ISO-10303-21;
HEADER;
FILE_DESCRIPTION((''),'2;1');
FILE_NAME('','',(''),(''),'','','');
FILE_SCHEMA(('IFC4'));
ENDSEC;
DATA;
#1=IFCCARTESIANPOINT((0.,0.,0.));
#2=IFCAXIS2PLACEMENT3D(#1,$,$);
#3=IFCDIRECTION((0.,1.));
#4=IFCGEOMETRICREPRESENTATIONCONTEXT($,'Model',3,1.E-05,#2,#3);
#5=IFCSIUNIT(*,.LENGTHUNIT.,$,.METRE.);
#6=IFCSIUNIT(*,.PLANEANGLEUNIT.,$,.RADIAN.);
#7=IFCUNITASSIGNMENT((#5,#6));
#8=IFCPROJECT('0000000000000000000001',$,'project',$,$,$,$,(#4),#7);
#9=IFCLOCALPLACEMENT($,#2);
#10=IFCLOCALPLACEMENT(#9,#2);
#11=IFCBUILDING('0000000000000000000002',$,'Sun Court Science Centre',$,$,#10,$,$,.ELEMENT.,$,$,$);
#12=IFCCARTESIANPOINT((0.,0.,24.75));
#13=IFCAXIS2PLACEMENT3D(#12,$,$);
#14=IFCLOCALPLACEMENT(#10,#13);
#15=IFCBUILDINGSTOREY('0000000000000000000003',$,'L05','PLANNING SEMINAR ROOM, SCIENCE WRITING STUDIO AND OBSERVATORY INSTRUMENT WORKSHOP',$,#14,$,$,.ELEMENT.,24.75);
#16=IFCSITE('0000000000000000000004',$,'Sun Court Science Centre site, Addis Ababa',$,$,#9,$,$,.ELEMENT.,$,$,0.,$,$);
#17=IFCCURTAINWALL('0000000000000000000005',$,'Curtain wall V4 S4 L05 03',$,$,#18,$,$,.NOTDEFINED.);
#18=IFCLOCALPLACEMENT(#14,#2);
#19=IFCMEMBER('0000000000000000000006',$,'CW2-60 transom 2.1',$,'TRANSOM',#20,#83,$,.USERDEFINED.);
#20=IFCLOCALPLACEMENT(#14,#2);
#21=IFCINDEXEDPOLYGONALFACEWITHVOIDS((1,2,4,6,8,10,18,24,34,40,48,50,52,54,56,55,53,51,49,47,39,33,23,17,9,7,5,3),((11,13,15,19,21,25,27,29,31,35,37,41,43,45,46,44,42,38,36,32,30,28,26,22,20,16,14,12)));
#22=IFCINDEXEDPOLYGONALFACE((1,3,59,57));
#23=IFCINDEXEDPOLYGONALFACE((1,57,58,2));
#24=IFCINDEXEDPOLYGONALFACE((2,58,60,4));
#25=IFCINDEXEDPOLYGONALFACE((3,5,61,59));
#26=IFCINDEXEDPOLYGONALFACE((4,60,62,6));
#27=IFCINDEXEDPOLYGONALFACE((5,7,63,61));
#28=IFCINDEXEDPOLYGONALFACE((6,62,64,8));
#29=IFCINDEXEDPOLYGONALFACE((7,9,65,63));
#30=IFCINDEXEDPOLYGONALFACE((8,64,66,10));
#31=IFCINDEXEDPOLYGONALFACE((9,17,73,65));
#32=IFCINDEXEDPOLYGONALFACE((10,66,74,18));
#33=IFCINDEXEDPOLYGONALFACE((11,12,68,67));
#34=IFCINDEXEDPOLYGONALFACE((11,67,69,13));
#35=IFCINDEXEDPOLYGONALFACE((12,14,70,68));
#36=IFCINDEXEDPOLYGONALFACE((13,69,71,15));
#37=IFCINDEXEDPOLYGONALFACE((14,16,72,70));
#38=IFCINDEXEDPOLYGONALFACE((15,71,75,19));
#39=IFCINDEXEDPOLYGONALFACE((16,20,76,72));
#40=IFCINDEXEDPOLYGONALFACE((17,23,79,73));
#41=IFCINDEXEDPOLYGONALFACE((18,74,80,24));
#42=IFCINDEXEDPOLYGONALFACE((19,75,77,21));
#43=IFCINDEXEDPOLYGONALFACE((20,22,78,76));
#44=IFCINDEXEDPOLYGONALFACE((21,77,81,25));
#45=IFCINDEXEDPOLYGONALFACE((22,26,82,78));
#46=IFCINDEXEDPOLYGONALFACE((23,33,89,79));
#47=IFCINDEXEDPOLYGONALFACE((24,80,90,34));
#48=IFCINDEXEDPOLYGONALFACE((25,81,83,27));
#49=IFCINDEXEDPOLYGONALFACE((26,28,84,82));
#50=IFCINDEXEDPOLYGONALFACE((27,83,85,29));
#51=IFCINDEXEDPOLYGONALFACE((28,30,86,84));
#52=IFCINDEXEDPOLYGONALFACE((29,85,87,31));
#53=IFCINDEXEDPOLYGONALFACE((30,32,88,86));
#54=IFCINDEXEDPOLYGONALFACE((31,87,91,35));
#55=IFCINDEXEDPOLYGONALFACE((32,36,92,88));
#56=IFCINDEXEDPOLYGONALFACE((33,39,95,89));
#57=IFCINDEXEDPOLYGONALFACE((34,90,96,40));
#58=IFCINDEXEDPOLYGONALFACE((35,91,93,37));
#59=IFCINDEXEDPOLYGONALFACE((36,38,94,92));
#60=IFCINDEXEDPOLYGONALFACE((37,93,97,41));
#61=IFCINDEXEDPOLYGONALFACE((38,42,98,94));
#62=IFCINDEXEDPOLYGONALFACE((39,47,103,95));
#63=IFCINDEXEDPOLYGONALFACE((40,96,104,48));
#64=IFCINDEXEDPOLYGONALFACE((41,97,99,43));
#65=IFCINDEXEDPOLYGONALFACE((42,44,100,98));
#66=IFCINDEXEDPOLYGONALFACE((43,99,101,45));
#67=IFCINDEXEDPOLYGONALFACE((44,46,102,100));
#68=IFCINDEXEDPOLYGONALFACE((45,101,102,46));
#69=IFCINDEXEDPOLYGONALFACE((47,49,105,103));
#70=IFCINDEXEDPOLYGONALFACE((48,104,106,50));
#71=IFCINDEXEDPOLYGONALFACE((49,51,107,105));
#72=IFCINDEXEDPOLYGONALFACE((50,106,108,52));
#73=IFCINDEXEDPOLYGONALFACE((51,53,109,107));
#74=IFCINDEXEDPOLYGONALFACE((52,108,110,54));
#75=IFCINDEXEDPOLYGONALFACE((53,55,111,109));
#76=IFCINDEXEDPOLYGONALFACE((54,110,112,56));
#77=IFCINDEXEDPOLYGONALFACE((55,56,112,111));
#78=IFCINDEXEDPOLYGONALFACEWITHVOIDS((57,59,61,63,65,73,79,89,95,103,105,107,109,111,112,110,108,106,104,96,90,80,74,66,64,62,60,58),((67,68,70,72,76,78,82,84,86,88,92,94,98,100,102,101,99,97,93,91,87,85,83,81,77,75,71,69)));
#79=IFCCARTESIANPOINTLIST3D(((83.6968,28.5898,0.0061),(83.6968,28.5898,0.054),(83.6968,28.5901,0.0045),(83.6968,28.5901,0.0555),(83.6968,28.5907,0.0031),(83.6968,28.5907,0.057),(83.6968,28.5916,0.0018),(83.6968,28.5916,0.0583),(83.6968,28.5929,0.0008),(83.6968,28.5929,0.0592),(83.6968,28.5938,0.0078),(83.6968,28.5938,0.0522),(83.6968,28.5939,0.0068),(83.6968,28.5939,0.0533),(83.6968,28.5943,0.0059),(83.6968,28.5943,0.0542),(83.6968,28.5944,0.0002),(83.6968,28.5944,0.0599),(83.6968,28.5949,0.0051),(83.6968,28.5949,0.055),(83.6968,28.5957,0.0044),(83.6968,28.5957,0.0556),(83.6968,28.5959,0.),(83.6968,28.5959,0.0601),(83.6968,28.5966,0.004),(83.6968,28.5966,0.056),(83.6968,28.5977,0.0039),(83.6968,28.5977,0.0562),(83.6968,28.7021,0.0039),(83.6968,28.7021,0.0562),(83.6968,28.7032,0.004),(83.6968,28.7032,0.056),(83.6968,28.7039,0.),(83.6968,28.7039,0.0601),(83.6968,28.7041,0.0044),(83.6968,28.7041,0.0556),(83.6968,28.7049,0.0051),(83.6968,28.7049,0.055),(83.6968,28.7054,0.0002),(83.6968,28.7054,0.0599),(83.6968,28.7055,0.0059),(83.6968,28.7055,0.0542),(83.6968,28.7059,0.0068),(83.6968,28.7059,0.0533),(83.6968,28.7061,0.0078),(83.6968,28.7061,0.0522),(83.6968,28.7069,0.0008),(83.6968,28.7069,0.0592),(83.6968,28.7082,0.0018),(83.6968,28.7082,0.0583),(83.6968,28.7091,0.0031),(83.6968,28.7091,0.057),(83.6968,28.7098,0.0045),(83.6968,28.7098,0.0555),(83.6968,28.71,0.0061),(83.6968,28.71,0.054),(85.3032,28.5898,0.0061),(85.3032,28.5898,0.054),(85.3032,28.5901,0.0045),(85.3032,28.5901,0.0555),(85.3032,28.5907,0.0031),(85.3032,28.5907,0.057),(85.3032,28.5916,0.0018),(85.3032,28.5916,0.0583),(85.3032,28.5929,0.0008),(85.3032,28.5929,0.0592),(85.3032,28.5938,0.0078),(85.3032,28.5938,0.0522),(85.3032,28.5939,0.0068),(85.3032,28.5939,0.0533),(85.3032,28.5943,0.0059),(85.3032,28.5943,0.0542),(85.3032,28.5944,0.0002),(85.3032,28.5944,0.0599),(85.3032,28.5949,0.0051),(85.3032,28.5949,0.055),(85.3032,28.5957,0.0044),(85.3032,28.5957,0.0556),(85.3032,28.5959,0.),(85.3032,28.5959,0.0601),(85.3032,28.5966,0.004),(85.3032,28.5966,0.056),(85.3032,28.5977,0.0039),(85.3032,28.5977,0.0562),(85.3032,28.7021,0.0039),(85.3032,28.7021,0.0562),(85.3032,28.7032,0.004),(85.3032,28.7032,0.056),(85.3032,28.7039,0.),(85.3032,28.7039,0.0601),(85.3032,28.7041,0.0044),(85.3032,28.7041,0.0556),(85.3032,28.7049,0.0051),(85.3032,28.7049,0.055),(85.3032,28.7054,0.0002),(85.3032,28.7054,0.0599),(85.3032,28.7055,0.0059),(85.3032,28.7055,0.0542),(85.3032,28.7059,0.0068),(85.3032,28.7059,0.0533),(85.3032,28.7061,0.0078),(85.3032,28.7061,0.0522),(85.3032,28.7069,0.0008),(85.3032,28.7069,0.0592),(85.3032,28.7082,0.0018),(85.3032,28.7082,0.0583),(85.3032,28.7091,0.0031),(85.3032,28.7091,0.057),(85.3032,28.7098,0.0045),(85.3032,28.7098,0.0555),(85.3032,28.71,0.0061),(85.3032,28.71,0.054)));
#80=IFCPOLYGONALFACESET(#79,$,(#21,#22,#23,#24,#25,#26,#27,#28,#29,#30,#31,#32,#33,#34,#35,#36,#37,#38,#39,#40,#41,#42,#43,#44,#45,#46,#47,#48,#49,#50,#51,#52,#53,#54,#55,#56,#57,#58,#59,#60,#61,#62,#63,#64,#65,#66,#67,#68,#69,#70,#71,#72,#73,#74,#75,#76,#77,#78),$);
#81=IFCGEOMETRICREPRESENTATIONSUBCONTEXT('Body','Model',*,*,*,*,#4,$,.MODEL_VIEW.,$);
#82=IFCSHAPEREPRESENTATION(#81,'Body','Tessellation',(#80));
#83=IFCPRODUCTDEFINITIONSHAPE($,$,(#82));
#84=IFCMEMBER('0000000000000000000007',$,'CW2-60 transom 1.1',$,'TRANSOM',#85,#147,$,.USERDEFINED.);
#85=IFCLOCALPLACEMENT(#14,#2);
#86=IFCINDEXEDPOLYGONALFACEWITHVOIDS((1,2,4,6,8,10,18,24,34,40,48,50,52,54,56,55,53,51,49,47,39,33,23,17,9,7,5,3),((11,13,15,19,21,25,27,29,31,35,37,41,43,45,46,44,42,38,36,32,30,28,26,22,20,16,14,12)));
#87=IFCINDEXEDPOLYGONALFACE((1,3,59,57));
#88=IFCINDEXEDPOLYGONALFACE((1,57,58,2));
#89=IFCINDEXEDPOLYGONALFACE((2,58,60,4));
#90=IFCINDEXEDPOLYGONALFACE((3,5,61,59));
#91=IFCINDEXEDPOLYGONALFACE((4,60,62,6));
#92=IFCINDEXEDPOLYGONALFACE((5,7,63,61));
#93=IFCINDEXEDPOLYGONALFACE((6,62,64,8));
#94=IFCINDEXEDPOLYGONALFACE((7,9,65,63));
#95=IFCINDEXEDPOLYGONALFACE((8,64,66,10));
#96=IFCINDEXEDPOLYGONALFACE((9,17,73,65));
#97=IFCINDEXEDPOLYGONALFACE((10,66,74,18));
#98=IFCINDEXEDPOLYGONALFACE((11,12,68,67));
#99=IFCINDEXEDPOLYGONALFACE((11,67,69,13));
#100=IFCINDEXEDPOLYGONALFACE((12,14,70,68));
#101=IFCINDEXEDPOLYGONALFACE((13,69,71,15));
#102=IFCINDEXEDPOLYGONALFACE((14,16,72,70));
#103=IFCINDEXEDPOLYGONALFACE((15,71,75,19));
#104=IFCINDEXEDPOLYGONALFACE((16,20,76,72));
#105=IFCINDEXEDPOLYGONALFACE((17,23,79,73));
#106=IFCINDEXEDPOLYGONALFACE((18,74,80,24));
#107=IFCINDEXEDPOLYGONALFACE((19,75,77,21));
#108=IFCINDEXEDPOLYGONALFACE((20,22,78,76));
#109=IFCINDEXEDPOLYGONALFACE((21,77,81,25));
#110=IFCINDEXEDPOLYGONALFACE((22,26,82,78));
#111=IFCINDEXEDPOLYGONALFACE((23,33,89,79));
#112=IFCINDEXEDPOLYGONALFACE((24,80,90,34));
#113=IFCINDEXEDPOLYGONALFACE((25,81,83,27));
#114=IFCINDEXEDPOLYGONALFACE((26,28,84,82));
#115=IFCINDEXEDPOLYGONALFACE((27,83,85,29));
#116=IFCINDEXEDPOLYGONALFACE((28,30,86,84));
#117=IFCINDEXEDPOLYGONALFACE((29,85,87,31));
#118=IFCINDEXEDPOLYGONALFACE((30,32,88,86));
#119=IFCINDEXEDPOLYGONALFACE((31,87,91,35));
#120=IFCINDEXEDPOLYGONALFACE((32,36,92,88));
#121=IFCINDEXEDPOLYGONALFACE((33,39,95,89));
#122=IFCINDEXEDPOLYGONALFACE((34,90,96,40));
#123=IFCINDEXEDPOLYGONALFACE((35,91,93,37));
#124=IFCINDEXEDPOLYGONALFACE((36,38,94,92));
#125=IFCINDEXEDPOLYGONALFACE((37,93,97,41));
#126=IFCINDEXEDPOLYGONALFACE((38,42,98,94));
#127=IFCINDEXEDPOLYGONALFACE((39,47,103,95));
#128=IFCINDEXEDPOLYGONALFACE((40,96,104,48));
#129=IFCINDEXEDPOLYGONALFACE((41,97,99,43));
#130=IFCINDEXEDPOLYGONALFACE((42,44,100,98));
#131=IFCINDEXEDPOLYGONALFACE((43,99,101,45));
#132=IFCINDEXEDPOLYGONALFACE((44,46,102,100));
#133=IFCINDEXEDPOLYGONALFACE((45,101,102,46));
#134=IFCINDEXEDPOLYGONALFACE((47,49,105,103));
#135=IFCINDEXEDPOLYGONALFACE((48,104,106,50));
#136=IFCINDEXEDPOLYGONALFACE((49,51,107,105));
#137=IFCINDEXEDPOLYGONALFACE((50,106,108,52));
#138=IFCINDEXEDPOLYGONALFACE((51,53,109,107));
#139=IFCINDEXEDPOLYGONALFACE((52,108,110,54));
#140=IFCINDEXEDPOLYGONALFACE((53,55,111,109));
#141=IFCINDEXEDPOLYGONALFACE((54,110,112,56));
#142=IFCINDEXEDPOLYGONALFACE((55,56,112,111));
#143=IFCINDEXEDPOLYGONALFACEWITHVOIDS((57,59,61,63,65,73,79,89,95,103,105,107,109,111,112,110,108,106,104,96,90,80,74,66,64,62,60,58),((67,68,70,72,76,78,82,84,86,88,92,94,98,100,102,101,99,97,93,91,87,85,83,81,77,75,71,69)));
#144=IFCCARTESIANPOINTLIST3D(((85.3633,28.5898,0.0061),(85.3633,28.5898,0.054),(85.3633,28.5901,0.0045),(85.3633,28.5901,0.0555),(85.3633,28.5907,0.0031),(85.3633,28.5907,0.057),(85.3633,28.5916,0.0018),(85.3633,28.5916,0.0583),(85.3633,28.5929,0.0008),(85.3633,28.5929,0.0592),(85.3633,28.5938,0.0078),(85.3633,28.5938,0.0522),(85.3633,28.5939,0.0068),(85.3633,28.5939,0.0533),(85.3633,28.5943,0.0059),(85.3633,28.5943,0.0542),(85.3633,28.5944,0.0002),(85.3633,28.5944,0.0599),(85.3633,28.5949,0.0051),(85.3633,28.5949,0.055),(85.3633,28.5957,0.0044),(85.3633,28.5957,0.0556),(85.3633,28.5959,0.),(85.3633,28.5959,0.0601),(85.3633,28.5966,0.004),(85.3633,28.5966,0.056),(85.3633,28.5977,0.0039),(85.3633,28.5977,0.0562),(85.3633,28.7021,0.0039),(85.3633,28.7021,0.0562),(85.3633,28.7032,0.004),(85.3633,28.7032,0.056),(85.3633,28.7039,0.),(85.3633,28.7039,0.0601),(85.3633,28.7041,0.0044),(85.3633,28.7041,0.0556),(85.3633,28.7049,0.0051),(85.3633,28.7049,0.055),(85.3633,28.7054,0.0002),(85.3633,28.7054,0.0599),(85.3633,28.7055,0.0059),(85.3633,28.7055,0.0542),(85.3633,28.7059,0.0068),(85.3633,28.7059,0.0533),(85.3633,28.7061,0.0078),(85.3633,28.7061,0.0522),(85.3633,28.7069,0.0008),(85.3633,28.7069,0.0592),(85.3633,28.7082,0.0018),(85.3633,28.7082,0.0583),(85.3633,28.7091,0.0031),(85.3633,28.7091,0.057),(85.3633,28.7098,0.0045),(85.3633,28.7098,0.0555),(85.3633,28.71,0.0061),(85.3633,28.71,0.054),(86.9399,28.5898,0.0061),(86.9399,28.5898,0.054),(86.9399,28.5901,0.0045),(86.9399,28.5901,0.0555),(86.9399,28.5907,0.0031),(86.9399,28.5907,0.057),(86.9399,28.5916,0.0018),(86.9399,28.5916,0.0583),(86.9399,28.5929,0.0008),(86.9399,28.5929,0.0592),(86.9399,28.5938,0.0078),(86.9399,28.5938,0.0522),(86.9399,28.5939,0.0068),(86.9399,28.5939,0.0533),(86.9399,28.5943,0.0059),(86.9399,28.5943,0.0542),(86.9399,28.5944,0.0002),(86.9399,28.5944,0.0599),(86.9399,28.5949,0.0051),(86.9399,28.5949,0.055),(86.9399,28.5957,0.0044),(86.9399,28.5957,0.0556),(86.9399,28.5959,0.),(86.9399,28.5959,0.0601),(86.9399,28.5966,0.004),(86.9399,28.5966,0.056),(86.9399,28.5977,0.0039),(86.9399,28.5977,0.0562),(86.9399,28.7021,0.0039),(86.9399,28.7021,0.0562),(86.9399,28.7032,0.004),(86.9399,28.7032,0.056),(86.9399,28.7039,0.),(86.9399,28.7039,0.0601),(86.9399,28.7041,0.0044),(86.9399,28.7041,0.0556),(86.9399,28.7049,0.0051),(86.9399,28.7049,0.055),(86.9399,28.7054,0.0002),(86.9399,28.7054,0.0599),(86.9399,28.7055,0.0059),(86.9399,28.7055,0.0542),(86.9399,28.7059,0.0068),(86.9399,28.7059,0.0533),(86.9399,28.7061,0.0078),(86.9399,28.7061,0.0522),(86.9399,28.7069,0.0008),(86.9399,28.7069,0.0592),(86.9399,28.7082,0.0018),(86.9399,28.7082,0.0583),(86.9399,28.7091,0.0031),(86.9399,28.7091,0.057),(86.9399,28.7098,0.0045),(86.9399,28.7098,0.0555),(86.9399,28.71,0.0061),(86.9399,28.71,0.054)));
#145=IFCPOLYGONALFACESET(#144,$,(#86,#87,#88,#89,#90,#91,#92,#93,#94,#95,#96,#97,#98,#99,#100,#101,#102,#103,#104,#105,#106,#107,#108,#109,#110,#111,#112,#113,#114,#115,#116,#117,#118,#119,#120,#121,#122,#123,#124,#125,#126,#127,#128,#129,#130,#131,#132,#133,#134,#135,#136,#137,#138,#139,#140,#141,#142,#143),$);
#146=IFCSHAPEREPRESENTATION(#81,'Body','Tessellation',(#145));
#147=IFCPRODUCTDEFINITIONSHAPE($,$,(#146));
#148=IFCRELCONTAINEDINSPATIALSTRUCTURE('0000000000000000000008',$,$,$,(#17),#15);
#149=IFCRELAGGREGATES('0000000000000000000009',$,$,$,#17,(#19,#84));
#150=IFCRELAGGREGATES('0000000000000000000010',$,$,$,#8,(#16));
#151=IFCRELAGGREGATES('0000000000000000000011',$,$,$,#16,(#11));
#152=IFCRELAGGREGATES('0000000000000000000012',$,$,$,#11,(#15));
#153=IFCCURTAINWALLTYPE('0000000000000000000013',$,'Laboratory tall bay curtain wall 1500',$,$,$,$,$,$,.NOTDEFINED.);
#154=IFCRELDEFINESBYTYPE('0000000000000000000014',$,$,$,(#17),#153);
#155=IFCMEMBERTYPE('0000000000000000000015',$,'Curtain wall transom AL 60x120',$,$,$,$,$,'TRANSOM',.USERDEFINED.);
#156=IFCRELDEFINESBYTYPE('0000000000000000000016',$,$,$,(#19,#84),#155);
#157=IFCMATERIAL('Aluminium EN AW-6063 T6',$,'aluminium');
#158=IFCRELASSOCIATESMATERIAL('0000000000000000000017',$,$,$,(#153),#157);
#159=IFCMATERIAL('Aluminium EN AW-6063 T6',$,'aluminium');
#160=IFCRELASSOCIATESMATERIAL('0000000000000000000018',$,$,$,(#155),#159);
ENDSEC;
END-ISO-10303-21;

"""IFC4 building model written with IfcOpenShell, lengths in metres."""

from ifc_helpers import new_model, si_unit, direction, frame, origin, origin_2d, place, context, subcontext, project, spatial, hollow_rectangle, extrude, material, material_profile, profile_set, type_object, element, aggregate, save


model = new_model("IFC4")

# Units and contexts
model_context = context("Model", 3, precision=1e-05, world=origin(), true_north=direction((0.0, 1.0)))
body_context = subcontext(model_context, "Body", "Model", "MODEL_VIEW")
ifc_project = project(units=[si_unit("LENGTHUNIT", "METRE"), si_unit("PLANEANGLEUNIT", "RADIAN")], contexts=[model_context])

# Site, building, storey
site_placement = place(None, origin())
site = spatial("IfcSite", under=ifc_project, at=site_placement, Name="Sun Court Science Centre site, Addis Ababa", CompositionType="ELEMENT", RefElevation=0.0)
building_placement = place(site_placement, origin())
building = spatial("IfcBuilding", under=site, at=building_placement, Name="Sun Court Science Centre", CompositionType="ELEMENT")
storey_placement = place(building_placement, frame((0.0, 0.0, 24.75)))
storey = spatial("IfcBuildingStorey", under=building, at=storey_placement, Name="L05", Description="PLANNING SEMINAR ROOM, SCIENCE WRITING STUDIO AND OBSERVATORY INSTRUMENT WORKSHOP", CompositionType="ELEMENT", Elevation=24.75)

# Shared definitions
ifc_material_1 = material(Name="Aluminium EN AW-6063 T6", Category="aluminium")
curtain_wall_type = type_object("IfcCurtainWallType", Name="Laboratory tall bay curtain wall 1500", PredefinedType="NOTDEFINED", material=ifc_material_1)

# Curtain wall
curtain_wall_1_placement = place(storey_placement, origin())
curtain_wall_1 = element("IfcCurtainWall", 1, at=curtain_wall_1_placement, inside=storey, type_object=curtain_wall_type, Name="Curtain wall V4 S4 L05 03", PredefinedType="NOTDEFINED")

# Members
ifc_material_2 = material(Name="Aluminium EN AW-6063 T6", Category="aluminium")
ifc_material_profile_1 = material_profile(ifc_material_2, hollow_rectangle(XDim=0.0601, YDim=0.1201, WallThickness=0.0039, InnerFilletRadius=0.0039, OuterFilletRadius=0.0061, at=origin_2d()), Name="AL 60x120x4")
ifc_profile_set_1 = profile_set([ifc_material_profile_1], Name="Aluminium EN AW-6063 T6")
member_type_1 = type_object("IfcMemberType", Name="Curtain wall transom AL 60x120", ElementType="TRANSOM", PredefinedType="USERDEFINED", material=ifc_profile_set_1)
member_1_placement = place(storey_placement, frame((85.3032, 28.6499, 0.03), z_axis=(-1.0, 0.0, 0.0), x_axis=(0.0, 0.0, 1.0)))
member_1 = element("IfcMember", 2, at=member_1_placement, type_object=member_type_1, Name="CW2-60 transom 2.1", ObjectType="TRANSOM", PredefinedType="USERDEFINED", context=body_context, shape_type="SweptSolid", body=[
    extrude(hollow_rectangle(XDim=0.0601, YDim=0.1201, WallThickness=0.0039, InnerFilletRadius=0.0039, OuterFilletRadius=0.0061, at=origin_2d()), origin(), (0.0, 0.0, 1.0), 1.6064),
])
member_2_placement = place(storey_placement, frame((86.9399, 28.6499, 0.03), z_axis=(-1.0, 0.0, 0.0), x_axis=(0.0, 0.0, 1.0)))
member_2 = element("IfcMember", 3, at=member_2_placement, type_object=member_type_1, Name="CW2-60 transom 1.1", ObjectType="TRANSOM", PredefinedType="USERDEFINED", context=body_context, shape_type="SweptSolid", body=[
    extrude(hollow_rectangle(XDim=0.0601, YDim=0.1201, WallThickness=0.0039, InnerFilletRadius=0.0039, OuterFilletRadius=0.0061, at=origin_2d()), origin(), (0.0, 0.0, 1.0), 1.5767),
])
aggregate(curtain_wall_1, [member_1, member_2])

save(model, "model.ifc")
